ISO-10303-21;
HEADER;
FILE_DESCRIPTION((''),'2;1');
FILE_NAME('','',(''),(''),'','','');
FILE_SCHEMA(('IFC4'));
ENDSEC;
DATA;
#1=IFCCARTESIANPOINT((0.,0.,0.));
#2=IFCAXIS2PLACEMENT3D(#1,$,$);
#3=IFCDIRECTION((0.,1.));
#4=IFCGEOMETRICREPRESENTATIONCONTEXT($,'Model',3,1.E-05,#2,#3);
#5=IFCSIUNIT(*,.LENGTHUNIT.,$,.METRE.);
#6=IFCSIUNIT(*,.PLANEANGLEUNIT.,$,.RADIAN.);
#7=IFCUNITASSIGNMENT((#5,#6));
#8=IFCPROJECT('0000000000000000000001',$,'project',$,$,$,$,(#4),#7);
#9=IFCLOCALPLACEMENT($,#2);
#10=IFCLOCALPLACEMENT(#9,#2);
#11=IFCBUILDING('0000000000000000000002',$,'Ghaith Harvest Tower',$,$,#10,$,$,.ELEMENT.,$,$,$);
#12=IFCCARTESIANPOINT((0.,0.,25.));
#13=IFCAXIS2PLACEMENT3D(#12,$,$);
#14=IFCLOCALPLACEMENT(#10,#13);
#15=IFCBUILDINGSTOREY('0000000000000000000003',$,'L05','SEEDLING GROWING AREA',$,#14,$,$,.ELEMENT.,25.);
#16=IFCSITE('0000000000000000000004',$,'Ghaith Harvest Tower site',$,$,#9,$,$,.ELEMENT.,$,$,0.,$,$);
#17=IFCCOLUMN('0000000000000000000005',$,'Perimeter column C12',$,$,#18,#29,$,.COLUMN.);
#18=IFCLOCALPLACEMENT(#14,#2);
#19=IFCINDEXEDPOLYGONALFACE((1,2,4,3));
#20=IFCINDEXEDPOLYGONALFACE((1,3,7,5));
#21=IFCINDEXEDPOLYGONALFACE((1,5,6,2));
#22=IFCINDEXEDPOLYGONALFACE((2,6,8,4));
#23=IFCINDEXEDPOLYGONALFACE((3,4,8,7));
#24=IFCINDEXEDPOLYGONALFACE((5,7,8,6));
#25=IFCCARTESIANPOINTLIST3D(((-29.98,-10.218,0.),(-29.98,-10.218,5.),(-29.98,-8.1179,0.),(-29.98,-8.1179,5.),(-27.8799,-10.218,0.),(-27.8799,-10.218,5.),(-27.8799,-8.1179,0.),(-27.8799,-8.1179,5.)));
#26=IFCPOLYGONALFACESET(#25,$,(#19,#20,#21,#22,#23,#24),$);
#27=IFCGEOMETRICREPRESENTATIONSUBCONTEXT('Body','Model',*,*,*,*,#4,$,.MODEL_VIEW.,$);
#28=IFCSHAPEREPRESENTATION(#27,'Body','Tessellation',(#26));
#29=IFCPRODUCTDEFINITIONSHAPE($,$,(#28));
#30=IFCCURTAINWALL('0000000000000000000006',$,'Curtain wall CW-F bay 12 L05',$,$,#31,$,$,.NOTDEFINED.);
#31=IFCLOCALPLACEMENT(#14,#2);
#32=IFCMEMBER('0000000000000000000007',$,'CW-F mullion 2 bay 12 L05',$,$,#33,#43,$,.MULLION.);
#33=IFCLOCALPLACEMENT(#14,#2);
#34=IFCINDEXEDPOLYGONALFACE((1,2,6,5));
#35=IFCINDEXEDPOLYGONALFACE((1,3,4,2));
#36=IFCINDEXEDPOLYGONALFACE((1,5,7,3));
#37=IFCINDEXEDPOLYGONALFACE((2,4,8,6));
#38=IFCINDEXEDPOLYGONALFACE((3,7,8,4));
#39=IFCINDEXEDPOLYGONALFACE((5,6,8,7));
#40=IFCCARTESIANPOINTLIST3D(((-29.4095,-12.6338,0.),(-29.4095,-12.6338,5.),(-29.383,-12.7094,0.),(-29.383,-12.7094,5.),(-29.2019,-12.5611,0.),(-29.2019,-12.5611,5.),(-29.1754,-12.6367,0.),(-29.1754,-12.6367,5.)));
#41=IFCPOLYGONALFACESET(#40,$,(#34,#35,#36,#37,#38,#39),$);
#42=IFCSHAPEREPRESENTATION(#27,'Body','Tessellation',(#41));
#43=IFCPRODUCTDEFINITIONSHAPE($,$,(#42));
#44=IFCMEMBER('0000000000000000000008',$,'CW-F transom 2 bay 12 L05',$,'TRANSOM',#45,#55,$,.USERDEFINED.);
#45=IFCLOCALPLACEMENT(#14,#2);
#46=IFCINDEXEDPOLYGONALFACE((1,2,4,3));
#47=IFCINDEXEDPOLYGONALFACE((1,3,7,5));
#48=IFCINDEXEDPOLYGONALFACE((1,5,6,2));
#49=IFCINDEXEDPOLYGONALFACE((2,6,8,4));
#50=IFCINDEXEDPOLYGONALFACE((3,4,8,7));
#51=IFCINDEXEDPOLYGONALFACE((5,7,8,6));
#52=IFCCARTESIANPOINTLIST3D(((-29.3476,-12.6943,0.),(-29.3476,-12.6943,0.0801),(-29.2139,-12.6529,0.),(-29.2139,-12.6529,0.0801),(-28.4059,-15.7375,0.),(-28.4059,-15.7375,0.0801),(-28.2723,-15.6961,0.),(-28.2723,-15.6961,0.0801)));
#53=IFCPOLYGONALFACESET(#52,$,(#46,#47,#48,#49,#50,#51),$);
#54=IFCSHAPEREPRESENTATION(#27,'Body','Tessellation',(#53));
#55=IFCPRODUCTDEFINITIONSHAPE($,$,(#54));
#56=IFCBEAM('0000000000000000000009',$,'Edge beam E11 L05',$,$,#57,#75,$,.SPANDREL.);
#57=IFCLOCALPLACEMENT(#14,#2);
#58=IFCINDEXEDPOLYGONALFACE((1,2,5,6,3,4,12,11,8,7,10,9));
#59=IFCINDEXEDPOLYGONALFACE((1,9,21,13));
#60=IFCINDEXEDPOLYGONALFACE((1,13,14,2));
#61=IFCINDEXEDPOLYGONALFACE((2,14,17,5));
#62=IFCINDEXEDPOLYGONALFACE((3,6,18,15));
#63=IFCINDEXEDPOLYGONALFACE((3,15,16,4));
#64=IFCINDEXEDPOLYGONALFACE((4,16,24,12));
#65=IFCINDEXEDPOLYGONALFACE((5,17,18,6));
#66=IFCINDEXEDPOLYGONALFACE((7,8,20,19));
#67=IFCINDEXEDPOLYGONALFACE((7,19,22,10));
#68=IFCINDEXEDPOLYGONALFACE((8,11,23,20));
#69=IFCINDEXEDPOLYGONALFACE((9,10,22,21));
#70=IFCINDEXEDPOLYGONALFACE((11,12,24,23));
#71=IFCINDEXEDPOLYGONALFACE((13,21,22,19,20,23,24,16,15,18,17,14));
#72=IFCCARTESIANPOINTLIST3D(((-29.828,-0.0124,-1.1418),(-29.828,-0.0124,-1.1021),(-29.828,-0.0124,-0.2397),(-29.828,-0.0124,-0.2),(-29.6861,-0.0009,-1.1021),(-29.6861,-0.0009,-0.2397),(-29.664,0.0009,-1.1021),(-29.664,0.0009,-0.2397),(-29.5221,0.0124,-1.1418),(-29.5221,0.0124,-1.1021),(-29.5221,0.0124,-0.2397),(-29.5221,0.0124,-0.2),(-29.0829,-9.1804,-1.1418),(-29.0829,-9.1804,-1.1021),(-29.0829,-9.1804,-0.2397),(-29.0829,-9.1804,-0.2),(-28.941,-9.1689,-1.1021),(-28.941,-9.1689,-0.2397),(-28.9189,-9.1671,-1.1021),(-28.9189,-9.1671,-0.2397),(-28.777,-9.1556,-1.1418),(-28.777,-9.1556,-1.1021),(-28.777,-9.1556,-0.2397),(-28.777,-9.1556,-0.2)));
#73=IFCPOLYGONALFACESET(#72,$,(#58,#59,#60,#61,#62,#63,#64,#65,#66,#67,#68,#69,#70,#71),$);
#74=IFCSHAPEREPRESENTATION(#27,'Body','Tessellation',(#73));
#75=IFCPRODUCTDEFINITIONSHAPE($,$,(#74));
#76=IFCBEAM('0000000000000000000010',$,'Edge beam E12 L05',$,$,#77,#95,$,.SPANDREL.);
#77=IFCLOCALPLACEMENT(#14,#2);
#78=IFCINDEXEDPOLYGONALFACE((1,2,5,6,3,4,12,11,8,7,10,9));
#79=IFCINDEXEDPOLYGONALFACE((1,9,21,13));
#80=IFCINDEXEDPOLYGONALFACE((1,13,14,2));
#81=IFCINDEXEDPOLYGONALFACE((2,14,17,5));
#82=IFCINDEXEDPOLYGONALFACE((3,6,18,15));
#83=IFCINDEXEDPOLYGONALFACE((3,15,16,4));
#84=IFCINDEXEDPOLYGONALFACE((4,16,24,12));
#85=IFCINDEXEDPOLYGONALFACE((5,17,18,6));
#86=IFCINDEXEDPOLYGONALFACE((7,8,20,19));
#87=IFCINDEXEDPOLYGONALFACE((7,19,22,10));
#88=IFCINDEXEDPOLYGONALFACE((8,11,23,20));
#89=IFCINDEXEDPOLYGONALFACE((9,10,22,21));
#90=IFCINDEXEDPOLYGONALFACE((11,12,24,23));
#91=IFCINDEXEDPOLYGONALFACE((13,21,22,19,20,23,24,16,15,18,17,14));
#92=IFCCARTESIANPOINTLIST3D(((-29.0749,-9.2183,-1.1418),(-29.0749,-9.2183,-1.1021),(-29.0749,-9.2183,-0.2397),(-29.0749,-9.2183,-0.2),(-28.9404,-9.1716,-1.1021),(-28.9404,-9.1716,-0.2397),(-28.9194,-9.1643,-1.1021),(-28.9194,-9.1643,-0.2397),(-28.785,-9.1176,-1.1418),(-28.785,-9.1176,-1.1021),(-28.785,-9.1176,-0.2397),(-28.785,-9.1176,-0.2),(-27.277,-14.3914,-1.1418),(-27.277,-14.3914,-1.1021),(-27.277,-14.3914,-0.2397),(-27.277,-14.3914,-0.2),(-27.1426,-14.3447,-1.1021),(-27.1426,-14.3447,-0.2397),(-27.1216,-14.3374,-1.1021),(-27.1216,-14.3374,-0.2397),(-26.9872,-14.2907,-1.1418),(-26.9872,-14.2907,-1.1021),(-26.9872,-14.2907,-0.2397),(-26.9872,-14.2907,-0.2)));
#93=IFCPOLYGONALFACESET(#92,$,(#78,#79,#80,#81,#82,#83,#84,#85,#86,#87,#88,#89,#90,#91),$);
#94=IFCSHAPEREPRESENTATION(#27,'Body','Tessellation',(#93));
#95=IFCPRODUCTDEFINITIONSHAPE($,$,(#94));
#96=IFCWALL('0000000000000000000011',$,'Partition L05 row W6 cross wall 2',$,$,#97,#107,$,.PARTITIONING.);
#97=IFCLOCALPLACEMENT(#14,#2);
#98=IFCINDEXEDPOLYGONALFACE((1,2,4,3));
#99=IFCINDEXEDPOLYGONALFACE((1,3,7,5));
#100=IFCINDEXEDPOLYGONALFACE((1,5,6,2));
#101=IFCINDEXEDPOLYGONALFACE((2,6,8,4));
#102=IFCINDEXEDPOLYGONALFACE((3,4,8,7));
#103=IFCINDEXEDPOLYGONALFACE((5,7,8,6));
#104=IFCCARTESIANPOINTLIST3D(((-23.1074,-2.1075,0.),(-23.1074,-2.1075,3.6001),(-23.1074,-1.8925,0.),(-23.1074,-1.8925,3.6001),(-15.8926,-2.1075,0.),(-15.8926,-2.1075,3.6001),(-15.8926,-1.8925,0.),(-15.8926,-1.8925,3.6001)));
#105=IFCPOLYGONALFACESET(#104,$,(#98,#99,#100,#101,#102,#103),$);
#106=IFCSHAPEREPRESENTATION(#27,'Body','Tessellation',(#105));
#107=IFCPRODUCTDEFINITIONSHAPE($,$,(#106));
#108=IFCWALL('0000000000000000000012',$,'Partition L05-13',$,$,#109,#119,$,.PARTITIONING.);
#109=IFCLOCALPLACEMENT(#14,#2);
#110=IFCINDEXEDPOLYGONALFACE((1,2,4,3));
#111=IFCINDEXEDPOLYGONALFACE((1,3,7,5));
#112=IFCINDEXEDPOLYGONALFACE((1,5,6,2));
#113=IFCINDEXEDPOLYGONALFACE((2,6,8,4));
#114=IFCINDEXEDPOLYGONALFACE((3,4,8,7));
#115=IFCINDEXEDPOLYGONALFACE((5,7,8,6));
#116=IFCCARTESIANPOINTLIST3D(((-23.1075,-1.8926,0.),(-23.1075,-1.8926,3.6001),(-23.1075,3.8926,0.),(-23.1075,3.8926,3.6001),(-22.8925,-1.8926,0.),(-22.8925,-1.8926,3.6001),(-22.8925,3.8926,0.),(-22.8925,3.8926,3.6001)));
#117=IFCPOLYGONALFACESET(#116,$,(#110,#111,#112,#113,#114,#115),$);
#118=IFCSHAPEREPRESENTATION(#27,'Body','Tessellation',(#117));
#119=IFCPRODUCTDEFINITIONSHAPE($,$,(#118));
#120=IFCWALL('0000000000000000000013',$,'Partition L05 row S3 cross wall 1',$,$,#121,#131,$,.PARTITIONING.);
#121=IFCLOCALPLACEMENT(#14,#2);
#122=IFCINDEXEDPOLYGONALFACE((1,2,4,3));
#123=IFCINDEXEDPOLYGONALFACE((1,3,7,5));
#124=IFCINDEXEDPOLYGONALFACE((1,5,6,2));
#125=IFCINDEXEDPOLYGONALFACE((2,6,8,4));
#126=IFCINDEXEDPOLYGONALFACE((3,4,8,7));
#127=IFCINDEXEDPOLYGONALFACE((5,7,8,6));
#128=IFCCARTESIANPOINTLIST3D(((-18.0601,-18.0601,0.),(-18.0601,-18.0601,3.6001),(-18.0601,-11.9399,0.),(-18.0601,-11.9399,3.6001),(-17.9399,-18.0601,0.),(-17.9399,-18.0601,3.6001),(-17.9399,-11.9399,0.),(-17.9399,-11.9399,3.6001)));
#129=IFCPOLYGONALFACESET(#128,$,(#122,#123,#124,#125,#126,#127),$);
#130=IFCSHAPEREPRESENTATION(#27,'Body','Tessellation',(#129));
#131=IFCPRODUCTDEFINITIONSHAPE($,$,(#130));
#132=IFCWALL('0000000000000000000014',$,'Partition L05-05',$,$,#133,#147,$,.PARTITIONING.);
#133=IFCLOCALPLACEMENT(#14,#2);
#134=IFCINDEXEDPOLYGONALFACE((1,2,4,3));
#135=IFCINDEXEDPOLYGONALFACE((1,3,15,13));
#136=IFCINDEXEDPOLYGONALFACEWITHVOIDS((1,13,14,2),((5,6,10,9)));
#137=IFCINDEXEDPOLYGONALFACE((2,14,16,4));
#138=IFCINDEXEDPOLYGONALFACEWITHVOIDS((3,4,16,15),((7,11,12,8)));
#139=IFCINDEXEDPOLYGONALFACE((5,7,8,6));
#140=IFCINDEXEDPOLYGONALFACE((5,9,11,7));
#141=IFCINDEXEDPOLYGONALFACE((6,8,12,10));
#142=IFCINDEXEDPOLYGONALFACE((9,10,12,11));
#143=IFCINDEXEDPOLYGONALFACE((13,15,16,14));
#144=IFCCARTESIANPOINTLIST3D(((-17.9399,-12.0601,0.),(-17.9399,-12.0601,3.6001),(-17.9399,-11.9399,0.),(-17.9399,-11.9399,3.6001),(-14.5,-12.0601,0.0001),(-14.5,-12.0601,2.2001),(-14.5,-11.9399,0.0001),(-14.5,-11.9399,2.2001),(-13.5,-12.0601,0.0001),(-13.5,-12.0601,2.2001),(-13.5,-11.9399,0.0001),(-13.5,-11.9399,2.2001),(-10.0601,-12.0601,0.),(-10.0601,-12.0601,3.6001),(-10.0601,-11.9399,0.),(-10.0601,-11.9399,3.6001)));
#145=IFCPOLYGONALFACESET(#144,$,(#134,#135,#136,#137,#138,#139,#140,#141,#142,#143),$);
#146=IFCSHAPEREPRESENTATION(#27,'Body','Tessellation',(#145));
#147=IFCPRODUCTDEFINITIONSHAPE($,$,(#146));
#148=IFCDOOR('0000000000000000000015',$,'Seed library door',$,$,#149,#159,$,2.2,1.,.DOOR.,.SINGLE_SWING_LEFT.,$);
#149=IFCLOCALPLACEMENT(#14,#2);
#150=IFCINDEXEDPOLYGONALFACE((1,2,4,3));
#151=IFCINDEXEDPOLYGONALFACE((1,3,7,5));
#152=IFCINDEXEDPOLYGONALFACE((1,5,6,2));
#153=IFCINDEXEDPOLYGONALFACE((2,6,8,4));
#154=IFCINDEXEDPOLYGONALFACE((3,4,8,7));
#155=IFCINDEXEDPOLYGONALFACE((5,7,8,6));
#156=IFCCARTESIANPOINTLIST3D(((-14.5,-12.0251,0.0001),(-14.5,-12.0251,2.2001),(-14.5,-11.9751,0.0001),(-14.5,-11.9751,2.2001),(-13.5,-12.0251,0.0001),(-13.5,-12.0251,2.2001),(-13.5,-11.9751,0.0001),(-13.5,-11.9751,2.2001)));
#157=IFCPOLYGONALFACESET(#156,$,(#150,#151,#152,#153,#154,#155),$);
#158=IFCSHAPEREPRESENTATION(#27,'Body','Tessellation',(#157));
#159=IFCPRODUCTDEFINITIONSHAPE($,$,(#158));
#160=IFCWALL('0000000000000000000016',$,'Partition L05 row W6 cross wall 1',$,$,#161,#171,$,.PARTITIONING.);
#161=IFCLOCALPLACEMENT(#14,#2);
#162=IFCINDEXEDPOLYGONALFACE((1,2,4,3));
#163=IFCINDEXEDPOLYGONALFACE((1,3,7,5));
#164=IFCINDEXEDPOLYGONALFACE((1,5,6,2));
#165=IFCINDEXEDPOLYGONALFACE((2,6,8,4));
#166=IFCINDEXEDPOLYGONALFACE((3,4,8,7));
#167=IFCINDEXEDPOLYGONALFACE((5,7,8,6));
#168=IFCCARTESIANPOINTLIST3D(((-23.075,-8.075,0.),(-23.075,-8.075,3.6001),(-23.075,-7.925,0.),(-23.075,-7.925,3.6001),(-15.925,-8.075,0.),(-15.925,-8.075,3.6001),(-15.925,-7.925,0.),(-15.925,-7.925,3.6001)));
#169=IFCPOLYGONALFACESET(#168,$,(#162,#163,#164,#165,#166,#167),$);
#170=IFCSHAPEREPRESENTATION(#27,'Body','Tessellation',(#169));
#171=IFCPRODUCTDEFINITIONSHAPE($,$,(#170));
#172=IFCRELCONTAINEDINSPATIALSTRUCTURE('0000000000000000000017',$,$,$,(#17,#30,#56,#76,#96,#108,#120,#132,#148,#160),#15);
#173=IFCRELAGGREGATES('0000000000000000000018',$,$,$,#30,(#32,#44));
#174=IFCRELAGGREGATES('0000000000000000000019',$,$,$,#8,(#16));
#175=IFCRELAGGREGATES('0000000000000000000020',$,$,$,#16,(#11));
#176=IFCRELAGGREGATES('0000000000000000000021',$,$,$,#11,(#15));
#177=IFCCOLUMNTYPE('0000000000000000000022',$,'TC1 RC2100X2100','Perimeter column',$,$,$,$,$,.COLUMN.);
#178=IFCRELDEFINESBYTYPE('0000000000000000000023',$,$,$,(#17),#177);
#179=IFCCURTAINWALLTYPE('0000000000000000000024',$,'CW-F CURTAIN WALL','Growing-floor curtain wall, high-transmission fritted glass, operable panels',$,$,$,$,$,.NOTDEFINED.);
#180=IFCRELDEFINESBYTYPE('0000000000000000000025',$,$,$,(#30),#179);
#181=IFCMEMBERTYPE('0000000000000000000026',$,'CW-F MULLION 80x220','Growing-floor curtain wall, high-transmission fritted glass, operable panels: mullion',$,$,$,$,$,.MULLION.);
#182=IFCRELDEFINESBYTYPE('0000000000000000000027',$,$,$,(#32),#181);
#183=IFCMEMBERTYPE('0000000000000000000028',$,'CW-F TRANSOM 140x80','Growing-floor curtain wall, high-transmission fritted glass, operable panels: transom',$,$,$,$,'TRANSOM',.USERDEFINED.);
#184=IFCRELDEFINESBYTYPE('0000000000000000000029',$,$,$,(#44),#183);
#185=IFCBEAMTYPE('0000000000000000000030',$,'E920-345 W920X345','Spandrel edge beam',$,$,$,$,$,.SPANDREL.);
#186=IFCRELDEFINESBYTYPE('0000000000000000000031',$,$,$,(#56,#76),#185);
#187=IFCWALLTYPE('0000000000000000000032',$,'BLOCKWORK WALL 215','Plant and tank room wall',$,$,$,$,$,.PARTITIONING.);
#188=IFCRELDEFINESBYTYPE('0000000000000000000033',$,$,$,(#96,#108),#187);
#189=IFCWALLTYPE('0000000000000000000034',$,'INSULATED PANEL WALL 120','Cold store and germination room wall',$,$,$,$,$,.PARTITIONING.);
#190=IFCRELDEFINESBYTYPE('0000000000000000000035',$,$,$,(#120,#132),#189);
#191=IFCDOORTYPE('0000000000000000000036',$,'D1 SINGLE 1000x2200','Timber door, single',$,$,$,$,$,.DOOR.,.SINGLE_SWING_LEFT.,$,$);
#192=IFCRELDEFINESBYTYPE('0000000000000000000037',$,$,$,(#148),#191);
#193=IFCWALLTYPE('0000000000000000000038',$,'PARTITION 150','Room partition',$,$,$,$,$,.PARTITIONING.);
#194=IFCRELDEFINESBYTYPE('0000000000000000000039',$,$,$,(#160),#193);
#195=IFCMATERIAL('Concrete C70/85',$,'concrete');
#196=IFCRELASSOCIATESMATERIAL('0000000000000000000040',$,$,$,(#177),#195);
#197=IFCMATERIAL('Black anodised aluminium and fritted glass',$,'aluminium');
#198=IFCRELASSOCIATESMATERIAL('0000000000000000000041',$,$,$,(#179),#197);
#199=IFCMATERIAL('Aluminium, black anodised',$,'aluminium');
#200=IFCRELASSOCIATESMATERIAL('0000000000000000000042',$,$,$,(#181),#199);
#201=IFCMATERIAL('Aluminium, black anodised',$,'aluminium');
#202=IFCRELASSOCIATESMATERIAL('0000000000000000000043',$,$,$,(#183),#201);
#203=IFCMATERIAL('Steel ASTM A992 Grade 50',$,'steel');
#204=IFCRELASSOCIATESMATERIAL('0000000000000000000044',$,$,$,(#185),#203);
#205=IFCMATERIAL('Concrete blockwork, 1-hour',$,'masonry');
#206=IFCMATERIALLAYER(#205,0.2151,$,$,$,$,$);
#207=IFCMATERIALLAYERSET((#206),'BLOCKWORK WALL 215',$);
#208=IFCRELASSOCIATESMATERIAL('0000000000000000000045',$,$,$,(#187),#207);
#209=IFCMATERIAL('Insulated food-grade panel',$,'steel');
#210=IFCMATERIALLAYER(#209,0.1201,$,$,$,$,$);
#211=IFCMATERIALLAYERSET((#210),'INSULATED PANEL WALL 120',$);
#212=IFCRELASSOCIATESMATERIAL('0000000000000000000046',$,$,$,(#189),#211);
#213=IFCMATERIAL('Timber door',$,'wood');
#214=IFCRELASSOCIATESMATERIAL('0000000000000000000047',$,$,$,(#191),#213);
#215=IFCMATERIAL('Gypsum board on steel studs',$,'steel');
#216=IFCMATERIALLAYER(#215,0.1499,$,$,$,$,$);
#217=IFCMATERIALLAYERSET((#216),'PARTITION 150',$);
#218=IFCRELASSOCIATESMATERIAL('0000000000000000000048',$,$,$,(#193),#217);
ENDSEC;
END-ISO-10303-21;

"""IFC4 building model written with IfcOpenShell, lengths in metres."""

from ifc_helpers import new_model, si_unit, direction, frame, frame_2d, origin, origin_2d, place, context, subcontext, project, spatial, rectangle, i_section, extrude, material, layer, layer_set, material_profile, profile_set, type_object, element, fill, aggregate, save


model = new_model("IFC4")

# Units and contexts
model_context = context("Model", 3, precision=1e-05, world=origin(), true_north=direction((0.0, 1.0)))
body_context = subcontext(model_context, "Body", "Model", "MODEL_VIEW")
ifc_project = project(units=[si_unit("LENGTHUNIT", "METRE"), si_unit("PLANEANGLEUNIT", "RADIAN")], contexts=[model_context])

# Site, building, storey
site_placement = place(None, origin())
site = spatial("IfcSite", under=ifc_project, at=site_placement, Name="Ghaith Harvest Tower site", CompositionType="ELEMENT", RefElevation=0.0)
building_placement = place(site_placement, origin())
building = spatial("IfcBuilding", under=site, at=building_placement, Name="Ghaith Harvest Tower", CompositionType="ELEMENT")
storey_placement = place(building_placement, frame((0.0, 0.0, 25.0)))
storey = spatial("IfcBuildingStorey", under=building, at=storey_placement, Name="L05", Description="SEEDLING GROWING AREA", CompositionType="ELEMENT", Elevation=25.0)

# Column
ifc_material_1 = material(Name="Concrete C70/85", Category="concrete")
ifc_material_profile_1 = material_profile(ifc_material_1, rectangle(XDim=2.1001, YDim=2.1001, at=origin_2d()), Name="RC2100X2100")
ifc_profile_set_1 = profile_set([ifc_material_profile_1], Name="Concrete C70/85")
column_type = type_object("IfcColumnType", Name="TC1 RC2100X2100", Description="Perimeter column", PredefinedType="COLUMN", material=ifc_profile_set_1)
column_placement = place(storey_placement, frame((-28.9299, -9.168, 0.0), z_axis=(0.0, 0.0, 1.0), x_axis=(1.0, 0.0, 0.0)))
element("IfcColumn", 1, at=column_placement, inside=storey, type_object=column_type, Name="Perimeter column C12", PredefinedType="COLUMN", context=body_context, shape_type="SweptSolid", body=[
    extrude(rectangle(XDim=2.1001, YDim=2.1001, at=origin_2d()), origin(), (0.0, 0.0, 1.0), 5.0),
])

# Curtain wall, members
ifc_material_2 = material(Name="Black anodised aluminium and fritted glass", Category="aluminium")
curtain_wall_type = type_object("IfcCurtainWallType", Name="CW-F CURTAIN WALL", Description="Growing-floor curtain wall, high-transmission fritted glass, operable panels", PredefinedType="NOTDEFINED", material=ifc_material_2)
curtain_wall_placement = place(storey_placement, origin())
curtain_wall = element("IfcCurtainWall", 2, at=curtain_wall_placement, inside=storey, type_object=curtain_wall_type, Name="Curtain wall CW-F bay 12 L05", PredefinedType="NOTDEFINED")
ifc_material_3 = material(Name="Aluminium, black anodised", Category="aluminium")
ifc_material_profile_2 = material_profile(ifc_material_3, rectangle(XDim=0.0801, YDim=0.22, at=origin_2d()), Name="CW-F MULLION 80x220")
ifc_profile_set_2 = profile_set([ifc_material_profile_2], Name="Aluminium, black anodised")
member_type_1 = type_object("IfcMemberType", Name="CW-F MULLION 80x220", Description="Growing-floor curtain wall, high-transmission fritted glass, operable panels: mullion", PredefinedType="MULLION", material=ifc_profile_set_2)
member_1_placement = place(storey_placement, frame((-29.2925, -12.6353, 0.0), z_axis=(0.0, 0.0, 1.0), x_axis=(0.330701, -0.943736, 0.0)))
member_1 = element("IfcMember", 3, at=member_1_placement, type_object=member_type_1, Name="CW-F mullion 2 bay 12 L05", PredefinedType="MULLION", context=body_context, shape_type="SweptSolid", body=[
    extrude(rectangle(XDim=0.0801, YDim=0.22, at=origin_2d()), origin(), (0.0, 0.0, 1.0), 5.0),
])
ifc_material_4 = material(Name="Aluminium, black anodised", Category="aluminium")
ifc_material_profile_3 = material_profile(ifc_material_4, rectangle(XDim=0.1399, YDim=0.0801, at=origin_2d()), Name="CW-F TRANSOM 140x80")
ifc_profile_set_3 = profile_set([ifc_material_profile_3], Name="Aluminium, black anodised")
member_type_2 = type_object("IfcMemberType", Name="CW-F TRANSOM 140x80", Description="Growing-floor curtain wall, high-transmission fritted glass, operable panels: transom", ElementType="TRANSOM", PredefinedType="USERDEFINED", material=ifc_profile_set_3)
member_2_placement = place(storey_placement, frame((-29.2808, -12.6736, 0.04), z_axis=(0.295599, -0.955312, 0.0), x_axis=(0.955312, 0.295599, 0.0)))
member_2 = element("IfcMember", 4, at=member_2_placement, type_object=member_type_2, Name="CW-F transom 2 bay 12 L05", ObjectType="TRANSOM", PredefinedType="USERDEFINED", context=body_context, shape_type="SweptSolid", body=[
    extrude(rectangle(XDim=0.1399, YDim=0.0801, at=origin_2d()), origin(), (0.0, 0.0, 1.0), 3.1855),
])
aggregate(curtain_wall, [member_1, member_2])

# Beams
ifc_material_5 = material(Name="Steel ASTM A992 Grade 50", Category="steel")
ifc_material_profile_4 = material_profile(ifc_material_5, i_section(OverallWidth=0.3069, OverallDepth=0.9419, WebThickness=0.0222, FlangeThickness=0.0398, at=origin_2d()), Name="W920X345")
ifc_profile_set_4 = profile_set([ifc_material_profile_4], Name="Steel ASTM A992 Grade 50")
beam_type = type_object("IfcBeamType", Name="E920-345 W920X345", Description="Spandrel edge beam", PredefinedType="SPANDREL", material=ifc_profile_set_4)
beam_1_placement = place(storey_placement, frame((-29.675, 0.0, -0.6709), z_axis=(0.081007, -0.996714, 0.0), x_axis=(0.996714, 0.081007, 0.0)))
element("IfcBeam", 5, at=beam_1_placement, inside=storey, type_object=beam_type, Name="Edge beam E11 L05", PredefinedType="SPANDREL", context=body_context, shape_type="SweptSolid", body=[
    extrude(i_section(OverallWidth=0.3069, OverallDepth=0.9419, WebThickness=0.0222, FlangeThickness=0.0398, at=origin_2d()), origin(), (0.0, 0.0, 1.0), 9.1982),
])
beam_2_placement = place(storey_placement, frame((-28.9299, -9.168, -0.6709), z_axis=(0.328279, -0.944581, 0.0), x_axis=(0.944581, 0.328279, 0.0)))
element("IfcBeam", 6, at=beam_2_placement, inside=storey, type_object=beam_type, Name="Edge beam E12 L05", PredefinedType="SPANDREL", context=body_context, shape_type="SweptSolid", body=[
    extrude(i_section(OverallWidth=0.3069, OverallDepth=0.9419, WebThickness=0.0222, FlangeThickness=0.0398, at=origin_2d()), origin(), (0.0, 0.0, 1.0), 5.4766),
])

# Wall
ifc_material_6 = material(Name="Concrete blockwork, 1-hour", Category="masonry")
ifc_layer_1 = layer(ifc_material_6, 0.2151)
ifc_layer_set_1 = layer_set([ifc_layer_1], Name="BLOCKWORK WALL 215")
wall_type_1 = type_object("IfcWallType", Name="BLOCKWORK WALL 215", Description="Plant and tank room wall", PredefinedType="PARTITIONING", material=ifc_layer_set_1)
wall_1_placement = place(storey_placement, frame((-15.8926, -2.0, 0.0), z_axis=(0.0, 0.0, 1.0), x_axis=(-1.0, 0.0, 0.0)))
element("IfcWall", 7, at=wall_1_placement, inside=storey, type_object=wall_type_1, Name="Partition L05 row W6 cross wall 2", PredefinedType="PARTITIONING", context=body_context, shape_type="SweptSolid", body=[
    extrude(rectangle(XDim=7.2148, YDim=0.2151, at=frame_2d((3.6074, 0.0))), origin(), (0.0, 0.0, 1.0), 3.6001),
])

# Wall
wall_2_placement = place(storey_placement, frame((-23.0, -1.8926, 0.0), z_axis=(0.0, 0.0, 1.0), x_axis=(0.0, 1.0, 0.0)))
element("IfcWall", 8, at=wall_2_placement, inside=storey, type_object=wall_type_1, Name="Partition L05-13", PredefinedType="PARTITIONING", context=body_context, shape_type="SweptSolid", body=[
    extrude(rectangle(XDim=5.7852, YDim=0.2151, at=frame_2d((2.8926, 0.0))), origin(), (0.0, 0.0, 1.0), 3.6001),
])

# Wall
ifc_material_7 = material(Name="Insulated food-grade panel", Category="steel")
ifc_layer_2 = layer(ifc_material_7, 0.1201)
ifc_layer_set_2 = layer_set([ifc_layer_2], Name="INSULATED PANEL WALL 120")
wall_type_2 = type_object("IfcWallType", Name="INSULATED PANEL WALL 120", Description="Cold store and germination room wall", PredefinedType="PARTITIONING", material=ifc_layer_set_2)
wall_3_placement = place(storey_placement, frame((-18.0, -11.9399, 0.0), z_axis=(0.0, 0.0, 1.0), x_axis=(0.0, -1.0, 0.0)))
element("IfcWall", 9, at=wall_3_placement, inside=storey, type_object=wall_type_2, Name="Partition L05 row S3 cross wall 1", PredefinedType="PARTITIONING", context=body_context, shape_type="SweptSolid", body=[
    extrude(rectangle(XDim=6.1201, YDim=0.1201, at=frame_2d((3.0601, 0.0))), origin(), (0.0, 0.0, 1.0), 3.6001),
])

# Wall, opening, door
wall_4_placement = place(storey_placement, frame((-17.9399, -12.0, 0.0), z_axis=(0.0, 0.0, 1.0), x_axis=(1.0, 0.0, 0.0)))
wall_4 = element("IfcWall", 10, at=wall_4_placement, inside=storey, type_object=wall_type_2, Name="Partition L05-05", PredefinedType="PARTITIONING", context=body_context, shape_type="SweptSolid", body=[
    extrude(rectangle(XDim=7.8799, YDim=0.1201, at=frame_2d((3.9399, 0.0))), origin(), (0.0, 0.0, 1.0), 3.6001),
])
opening_1_placement = place(wall_4_placement, frame((3.4399, 0.0, 0.0)))
opening_1 = element("IfcOpeningElement", 11, at=opening_1_placement, cuts=wall_4, PredefinedType="OPENING", context=body_context, shape_type="SweptSolid", body=[
    extrude(rectangle(XDim=1.0, YDim=2.2, at=frame_2d((0.5, 1.1001))), frame((0.0, 0.0701, 0.0), z_axis=(0.0, -1.0, 0.0), x_axis=(1.0, 0.0, 0.0)), (0.0, 0.0, 1.0), 0.1401),
])
ifc_material_8 = material(Name="Timber door", Category="wood")
door_type_1 = type_object("IfcDoorType", Name="D1 SINGLE 1000x2200", Description="Timber door, single", OperationType="SINGLE_SWING_LEFT", PredefinedType="DOOR", material=ifc_material_8)
door_1_placement = place(opening_1_placement, origin())
door_1 = element("IfcDoor", 12, at=door_1_placement, inside=storey, type_object=door_type_1, Name="Seed library door", OperationType="SINGLE_SWING_LEFT", OverallHeight=2.2, OverallWidth=1.0, PredefinedType="DOOR", context=body_context, shape_type="SweptSolid", body=[
    extrude(rectangle(XDim=1.0, YDim=2.2, at=frame_2d((0.5, 1.1001))), frame((0.0, 0.0249, 0.0), z_axis=(0.0, -1.0, 0.0), x_axis=(1.0, 0.0, 0.0)), (0.0, 0.0, 1.0), 0.05),
])
fill(opening_1, door_1)

# Wall
ifc_material_9 = material(Name="Gypsum board on steel studs", Category="steel")
ifc_layer_3 = layer(ifc_material_9, 0.1499)
ifc_layer_set_3 = layer_set([ifc_layer_3], Name="PARTITION 150")
wall_type_3 = type_object("IfcWallType", Name="PARTITION 150", Description="Room partition", PredefinedType="PARTITIONING", material=ifc_layer_set_3)
wall_5_placement = place(storey_placement, frame((-15.925, -8.0, 0.0), z_axis=(0.0, 0.0, 1.0), x_axis=(-1.0, 0.0, 0.0)))
element("IfcWall", 13, at=wall_5_placement, inside=storey, type_object=wall_type_3, Name="Partition L05 row W6 cross wall 1", PredefinedType="PARTITIONING", context=body_context, shape_type="SweptSolid", body=[
    extrude(rectangle(XDim=7.1499, YDim=0.1499, at=frame_2d((3.575, 0.0))), origin(), (0.0, 0.0, 1.0), 3.6001),
])

save(model, "model.ifc")
